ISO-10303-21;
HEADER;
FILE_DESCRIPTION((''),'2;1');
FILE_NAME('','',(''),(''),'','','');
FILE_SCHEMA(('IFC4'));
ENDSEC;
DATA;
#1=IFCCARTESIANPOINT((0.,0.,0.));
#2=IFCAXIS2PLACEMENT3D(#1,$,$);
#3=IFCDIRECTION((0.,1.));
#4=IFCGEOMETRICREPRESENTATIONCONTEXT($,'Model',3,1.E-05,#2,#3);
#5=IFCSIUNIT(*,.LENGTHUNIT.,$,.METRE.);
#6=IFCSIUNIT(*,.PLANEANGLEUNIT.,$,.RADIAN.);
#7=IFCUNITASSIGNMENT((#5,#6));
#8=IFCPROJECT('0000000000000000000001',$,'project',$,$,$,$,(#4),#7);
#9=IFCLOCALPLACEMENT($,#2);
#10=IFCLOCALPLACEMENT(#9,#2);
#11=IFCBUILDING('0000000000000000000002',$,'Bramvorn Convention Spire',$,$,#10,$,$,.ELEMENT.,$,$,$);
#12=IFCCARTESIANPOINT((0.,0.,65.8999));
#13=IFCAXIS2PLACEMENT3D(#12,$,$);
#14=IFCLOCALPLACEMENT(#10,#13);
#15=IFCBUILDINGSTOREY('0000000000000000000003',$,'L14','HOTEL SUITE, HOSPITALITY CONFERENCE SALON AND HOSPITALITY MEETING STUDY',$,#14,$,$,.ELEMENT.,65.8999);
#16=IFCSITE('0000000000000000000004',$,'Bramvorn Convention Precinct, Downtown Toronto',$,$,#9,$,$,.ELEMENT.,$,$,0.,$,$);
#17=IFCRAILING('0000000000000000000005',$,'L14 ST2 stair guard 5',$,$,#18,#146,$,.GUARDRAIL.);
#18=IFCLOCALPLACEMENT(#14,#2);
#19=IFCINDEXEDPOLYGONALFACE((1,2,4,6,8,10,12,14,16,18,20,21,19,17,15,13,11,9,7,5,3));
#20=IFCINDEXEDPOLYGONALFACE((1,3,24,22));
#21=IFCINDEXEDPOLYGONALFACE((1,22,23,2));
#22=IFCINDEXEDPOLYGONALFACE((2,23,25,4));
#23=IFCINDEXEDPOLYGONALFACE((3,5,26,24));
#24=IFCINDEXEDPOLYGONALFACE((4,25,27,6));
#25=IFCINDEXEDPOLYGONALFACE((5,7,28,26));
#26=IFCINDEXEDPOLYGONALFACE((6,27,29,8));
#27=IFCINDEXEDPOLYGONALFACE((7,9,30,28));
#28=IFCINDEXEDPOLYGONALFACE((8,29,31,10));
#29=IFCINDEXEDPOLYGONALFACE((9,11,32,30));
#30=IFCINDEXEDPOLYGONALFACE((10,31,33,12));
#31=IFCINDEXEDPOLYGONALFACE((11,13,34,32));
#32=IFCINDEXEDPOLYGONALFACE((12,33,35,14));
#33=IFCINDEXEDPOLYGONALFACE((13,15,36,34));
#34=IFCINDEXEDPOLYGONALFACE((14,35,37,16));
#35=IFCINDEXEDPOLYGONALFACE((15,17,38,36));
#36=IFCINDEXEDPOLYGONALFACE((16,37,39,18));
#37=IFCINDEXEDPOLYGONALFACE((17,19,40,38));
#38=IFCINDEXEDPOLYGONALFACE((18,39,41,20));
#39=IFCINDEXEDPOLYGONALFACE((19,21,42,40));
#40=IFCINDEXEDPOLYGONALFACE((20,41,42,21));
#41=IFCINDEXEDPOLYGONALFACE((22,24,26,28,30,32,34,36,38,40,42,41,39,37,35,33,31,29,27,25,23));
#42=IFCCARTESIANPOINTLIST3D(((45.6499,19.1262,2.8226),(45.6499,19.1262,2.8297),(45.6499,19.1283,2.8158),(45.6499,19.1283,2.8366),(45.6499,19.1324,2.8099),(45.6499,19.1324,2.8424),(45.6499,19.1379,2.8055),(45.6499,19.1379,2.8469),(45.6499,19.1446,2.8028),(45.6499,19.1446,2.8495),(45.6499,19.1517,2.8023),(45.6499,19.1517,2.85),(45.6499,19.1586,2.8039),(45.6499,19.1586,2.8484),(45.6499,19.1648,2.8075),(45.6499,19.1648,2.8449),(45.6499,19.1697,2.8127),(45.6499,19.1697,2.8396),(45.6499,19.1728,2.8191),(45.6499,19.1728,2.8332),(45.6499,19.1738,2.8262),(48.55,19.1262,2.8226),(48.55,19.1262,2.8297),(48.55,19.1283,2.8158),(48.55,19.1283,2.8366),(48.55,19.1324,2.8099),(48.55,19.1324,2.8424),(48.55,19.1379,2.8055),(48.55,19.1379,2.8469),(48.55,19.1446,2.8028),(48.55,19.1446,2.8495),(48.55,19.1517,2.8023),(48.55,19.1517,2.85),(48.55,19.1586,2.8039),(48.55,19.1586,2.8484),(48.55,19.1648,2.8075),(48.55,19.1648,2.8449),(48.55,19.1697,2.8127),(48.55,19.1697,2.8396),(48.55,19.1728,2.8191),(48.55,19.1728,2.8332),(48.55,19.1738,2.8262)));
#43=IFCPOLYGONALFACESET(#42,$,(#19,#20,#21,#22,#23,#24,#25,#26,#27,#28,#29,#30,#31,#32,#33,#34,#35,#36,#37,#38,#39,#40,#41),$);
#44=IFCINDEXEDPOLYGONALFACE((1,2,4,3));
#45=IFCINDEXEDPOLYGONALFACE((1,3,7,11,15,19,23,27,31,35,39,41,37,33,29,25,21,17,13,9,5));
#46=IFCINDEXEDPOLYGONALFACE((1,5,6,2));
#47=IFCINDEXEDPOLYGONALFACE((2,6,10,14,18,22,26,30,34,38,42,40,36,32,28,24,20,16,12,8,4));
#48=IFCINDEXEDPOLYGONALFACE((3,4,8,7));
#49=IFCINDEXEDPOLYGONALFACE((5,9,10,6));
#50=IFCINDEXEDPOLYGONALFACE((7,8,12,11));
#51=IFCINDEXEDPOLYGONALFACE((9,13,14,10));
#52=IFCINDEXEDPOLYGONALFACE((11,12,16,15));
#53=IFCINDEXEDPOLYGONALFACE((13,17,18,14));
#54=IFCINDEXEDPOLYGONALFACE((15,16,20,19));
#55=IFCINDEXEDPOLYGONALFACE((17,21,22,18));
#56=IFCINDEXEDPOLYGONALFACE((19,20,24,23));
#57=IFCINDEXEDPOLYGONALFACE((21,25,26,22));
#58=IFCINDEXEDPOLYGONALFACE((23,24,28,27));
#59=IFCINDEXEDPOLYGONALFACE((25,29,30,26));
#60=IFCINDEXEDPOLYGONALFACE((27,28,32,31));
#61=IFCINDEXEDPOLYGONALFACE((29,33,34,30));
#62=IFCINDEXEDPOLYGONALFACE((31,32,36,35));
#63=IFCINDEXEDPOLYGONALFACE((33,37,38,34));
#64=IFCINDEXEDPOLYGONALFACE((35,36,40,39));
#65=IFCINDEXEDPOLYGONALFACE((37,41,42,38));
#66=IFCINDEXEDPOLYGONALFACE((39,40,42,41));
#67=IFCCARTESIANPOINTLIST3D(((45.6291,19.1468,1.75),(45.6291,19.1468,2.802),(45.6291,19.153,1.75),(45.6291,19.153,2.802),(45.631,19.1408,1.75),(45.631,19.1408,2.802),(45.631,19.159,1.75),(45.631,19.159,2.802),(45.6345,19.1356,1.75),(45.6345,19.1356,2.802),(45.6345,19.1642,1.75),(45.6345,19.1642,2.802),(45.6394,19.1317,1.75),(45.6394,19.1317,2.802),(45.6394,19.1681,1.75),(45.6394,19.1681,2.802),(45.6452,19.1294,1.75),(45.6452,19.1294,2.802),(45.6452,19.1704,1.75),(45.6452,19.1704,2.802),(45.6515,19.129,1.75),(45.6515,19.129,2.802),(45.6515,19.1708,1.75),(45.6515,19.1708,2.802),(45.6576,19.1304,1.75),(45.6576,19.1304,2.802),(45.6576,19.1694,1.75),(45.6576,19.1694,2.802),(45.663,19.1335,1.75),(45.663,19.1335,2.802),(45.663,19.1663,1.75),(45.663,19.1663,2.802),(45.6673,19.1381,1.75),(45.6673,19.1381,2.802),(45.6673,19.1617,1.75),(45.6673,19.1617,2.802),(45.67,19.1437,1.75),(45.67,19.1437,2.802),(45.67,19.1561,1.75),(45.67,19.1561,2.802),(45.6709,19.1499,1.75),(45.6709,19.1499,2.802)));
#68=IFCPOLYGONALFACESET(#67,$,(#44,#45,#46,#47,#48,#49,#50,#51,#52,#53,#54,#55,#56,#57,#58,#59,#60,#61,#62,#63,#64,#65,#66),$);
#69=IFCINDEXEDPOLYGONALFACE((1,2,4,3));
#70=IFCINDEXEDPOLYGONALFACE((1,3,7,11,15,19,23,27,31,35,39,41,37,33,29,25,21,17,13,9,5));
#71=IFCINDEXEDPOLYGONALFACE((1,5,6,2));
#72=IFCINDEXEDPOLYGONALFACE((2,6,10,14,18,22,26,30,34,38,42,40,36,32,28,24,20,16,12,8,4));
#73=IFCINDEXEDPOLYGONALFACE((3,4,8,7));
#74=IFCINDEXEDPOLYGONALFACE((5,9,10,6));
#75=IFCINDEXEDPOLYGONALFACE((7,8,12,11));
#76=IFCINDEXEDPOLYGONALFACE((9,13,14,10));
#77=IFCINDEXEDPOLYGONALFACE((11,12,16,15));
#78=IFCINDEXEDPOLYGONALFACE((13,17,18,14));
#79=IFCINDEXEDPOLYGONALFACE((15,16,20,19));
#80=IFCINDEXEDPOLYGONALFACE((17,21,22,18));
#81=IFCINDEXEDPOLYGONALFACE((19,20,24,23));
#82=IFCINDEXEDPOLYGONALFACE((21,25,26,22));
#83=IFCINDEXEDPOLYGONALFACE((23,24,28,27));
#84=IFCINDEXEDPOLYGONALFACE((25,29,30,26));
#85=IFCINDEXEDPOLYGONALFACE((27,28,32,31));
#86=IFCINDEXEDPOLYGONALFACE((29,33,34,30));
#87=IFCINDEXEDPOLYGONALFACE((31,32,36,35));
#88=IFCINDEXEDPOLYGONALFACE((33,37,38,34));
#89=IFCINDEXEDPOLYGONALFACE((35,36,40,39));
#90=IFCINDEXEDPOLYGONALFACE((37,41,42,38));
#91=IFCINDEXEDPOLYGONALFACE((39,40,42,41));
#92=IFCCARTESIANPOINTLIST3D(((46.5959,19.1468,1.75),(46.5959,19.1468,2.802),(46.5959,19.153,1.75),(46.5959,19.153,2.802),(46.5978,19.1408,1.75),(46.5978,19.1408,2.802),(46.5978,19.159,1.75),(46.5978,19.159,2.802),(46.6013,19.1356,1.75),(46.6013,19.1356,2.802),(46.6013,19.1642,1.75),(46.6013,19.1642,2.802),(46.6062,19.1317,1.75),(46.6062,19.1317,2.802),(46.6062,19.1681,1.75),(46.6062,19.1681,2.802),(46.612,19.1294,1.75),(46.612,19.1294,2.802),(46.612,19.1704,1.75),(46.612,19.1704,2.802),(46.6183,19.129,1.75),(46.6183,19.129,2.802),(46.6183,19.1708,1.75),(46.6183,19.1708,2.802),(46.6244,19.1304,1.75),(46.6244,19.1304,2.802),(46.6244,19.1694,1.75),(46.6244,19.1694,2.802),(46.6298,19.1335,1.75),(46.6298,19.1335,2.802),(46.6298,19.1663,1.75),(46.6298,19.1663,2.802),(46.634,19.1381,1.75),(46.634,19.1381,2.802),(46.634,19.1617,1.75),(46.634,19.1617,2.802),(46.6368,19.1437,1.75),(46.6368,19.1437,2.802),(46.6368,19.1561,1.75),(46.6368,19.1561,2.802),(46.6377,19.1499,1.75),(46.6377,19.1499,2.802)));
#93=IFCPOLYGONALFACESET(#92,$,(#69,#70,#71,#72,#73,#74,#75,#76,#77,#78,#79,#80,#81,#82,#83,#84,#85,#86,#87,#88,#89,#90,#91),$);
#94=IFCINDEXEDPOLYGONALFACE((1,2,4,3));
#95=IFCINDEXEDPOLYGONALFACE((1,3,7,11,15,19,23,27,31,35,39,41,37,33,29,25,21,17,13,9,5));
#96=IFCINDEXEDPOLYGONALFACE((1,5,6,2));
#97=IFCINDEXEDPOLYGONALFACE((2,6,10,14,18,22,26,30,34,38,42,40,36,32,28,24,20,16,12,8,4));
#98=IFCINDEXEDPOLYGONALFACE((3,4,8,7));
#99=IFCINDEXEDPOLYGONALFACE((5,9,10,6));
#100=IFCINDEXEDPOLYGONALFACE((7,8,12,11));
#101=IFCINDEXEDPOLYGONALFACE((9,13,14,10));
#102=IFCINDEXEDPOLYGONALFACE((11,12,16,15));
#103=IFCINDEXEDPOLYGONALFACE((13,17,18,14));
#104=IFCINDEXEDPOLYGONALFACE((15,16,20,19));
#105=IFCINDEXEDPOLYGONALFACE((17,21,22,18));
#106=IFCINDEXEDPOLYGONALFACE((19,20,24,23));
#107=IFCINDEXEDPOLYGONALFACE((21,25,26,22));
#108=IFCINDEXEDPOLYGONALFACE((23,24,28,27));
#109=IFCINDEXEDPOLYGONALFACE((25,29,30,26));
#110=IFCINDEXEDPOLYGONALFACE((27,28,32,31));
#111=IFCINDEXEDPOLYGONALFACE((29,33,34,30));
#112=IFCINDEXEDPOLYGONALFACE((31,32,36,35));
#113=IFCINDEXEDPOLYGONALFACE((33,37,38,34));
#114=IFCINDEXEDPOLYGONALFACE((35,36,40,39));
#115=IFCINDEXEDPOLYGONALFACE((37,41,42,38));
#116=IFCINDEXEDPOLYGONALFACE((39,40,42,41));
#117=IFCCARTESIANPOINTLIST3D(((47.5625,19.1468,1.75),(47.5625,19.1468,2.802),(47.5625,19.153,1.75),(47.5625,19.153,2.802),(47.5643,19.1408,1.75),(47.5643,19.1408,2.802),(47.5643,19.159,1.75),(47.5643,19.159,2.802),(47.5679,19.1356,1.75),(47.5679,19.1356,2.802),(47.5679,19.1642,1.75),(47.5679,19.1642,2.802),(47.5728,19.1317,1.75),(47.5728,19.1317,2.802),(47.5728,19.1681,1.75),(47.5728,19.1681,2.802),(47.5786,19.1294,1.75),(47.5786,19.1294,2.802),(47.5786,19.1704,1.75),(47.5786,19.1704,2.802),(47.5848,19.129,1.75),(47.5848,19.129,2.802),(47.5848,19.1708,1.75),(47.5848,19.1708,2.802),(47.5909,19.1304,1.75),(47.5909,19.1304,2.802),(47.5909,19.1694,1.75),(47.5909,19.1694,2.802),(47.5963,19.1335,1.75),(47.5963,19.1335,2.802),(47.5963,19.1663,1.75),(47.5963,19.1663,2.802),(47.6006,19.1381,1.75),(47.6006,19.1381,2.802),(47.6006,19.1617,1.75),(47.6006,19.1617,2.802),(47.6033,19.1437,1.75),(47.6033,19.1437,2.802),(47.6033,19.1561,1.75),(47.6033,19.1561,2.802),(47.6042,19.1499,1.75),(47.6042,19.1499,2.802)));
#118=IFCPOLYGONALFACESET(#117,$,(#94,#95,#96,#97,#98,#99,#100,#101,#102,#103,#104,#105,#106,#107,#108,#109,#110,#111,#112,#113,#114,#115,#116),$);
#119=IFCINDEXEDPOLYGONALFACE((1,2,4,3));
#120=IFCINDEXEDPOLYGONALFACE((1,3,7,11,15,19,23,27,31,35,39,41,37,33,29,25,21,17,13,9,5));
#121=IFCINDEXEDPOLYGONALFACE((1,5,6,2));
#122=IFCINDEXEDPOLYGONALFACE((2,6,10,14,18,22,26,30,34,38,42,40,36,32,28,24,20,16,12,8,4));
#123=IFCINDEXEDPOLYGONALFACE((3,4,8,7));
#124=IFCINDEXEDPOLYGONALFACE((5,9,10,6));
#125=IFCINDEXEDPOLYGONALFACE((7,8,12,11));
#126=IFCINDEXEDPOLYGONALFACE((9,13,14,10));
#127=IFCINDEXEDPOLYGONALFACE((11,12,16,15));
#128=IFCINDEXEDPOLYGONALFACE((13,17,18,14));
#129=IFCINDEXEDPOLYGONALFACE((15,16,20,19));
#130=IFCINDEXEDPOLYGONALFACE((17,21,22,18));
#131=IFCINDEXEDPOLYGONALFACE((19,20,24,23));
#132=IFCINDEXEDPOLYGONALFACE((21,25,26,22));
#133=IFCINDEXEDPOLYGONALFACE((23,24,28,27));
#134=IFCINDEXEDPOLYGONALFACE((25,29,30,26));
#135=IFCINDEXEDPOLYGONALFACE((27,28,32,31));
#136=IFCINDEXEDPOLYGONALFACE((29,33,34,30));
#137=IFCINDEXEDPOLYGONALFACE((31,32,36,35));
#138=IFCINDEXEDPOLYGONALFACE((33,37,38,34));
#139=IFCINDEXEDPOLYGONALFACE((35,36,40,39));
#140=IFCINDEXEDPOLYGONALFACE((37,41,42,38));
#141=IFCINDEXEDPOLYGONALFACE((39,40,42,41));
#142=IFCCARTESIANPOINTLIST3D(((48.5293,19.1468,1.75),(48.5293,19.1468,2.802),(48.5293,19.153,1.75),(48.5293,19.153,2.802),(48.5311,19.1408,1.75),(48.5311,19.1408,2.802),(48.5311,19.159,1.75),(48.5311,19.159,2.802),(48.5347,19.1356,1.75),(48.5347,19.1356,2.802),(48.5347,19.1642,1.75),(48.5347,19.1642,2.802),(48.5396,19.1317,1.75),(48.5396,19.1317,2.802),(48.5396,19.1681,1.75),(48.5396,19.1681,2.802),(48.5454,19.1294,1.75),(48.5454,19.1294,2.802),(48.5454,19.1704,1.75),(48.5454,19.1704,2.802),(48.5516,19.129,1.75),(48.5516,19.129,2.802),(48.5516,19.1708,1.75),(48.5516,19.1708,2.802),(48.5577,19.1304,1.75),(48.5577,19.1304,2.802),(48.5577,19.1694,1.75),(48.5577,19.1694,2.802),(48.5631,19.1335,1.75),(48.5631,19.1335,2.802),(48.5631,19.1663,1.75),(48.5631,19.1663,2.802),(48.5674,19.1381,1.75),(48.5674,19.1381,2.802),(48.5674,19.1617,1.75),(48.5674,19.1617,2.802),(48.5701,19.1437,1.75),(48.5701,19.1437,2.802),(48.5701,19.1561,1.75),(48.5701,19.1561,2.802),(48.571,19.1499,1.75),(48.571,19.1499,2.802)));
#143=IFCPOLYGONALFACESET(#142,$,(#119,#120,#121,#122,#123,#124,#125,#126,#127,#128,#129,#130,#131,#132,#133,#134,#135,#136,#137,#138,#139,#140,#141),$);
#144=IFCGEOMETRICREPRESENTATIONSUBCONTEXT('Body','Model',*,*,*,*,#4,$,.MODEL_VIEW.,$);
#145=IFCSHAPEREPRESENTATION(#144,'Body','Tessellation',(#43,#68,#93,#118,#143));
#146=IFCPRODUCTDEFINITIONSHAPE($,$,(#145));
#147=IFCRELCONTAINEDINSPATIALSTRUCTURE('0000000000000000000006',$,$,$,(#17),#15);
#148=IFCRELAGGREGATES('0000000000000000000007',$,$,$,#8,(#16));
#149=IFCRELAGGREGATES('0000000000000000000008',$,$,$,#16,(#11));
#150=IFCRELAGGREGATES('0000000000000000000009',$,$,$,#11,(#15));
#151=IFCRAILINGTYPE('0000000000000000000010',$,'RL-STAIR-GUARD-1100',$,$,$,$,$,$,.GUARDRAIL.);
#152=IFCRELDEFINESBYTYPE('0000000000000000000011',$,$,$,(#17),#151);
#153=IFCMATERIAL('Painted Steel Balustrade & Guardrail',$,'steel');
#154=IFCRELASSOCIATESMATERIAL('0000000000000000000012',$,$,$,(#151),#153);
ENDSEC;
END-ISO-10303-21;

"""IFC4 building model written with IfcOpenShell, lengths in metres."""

from ifc_helpers import new_model, si_unit, direction, frame, origin, origin_2d, place, context, subcontext, project, spatial, circle, extrude, material, type_object, element, save


model = new_model("IFC4")

# Units and contexts
model_context = context("Model", 3, precision=1e-05, world=origin(), true_north=direction((0.0, 1.0)))
body_context = subcontext(model_context, "Body", "Model", "MODEL_VIEW")
ifc_project = project(units=[si_unit("LENGTHUNIT", "METRE"), si_unit("PLANEANGLEUNIT", "RADIAN")], contexts=[model_context])

# Site, building, storey
site_placement = place(None, origin())
site = spatial("IfcSite", under=ifc_project, at=site_placement, Name="Bramvorn Convention Precinct, Downtown Toronto", CompositionType="ELEMENT", RefElevation=0.0)
building_placement = place(site_placement, origin())
building = spatial("IfcBuilding", under=site, at=building_placement, Name="Bramvorn Convention Spire", CompositionType="ELEMENT")
storey_placement = place(building_placement, frame((0.0, 0.0, 65.8999)))
storey = spatial("IfcBuildingStorey", under=building, at=storey_placement, Name="L14", Description="HOTEL SUITE, HOSPITALITY CONFERENCE SALON AND HOSPITALITY MEETING STUDY", CompositionType="ELEMENT", Elevation=65.8999)

# Railing
ifc_material_1 = material(Name="Painted Steel Balustrade & Guardrail", Category="steel")
railing_type_1 = type_object("IfcRailingType", Name="RL-STAIR-GUARD-1100", PredefinedType="GUARDRAIL", material=ifc_material_1)
railing_1_placement = place(storey_placement, frame((45.6499, 19.1499, 1.75)))
element("IfcRailing", 1, at=railing_1_placement, inside=storey, type_object=railing_type_1, Name="L14 ST2 stair guard 5", PredefinedType="GUARDRAIL", context=body_context, shape_type="SweptSolid", body=[
    extrude(circle(Radius=0.0239, at=origin_2d()), frame((0.0, 0.0, 1.0762), z_axis=(1.0, 0.0, 0.0), x_axis=(0.0, 1.0, 0.0)), (0.0, 0.0, 1.0), 2.9001),
    extrude(circle(Radius=0.021, at=origin_2d()), origin(), (0.0, 0.0, 1.0), 1.052),
    extrude(circle(Radius=0.021, at=origin_2d()), frame((0.9668, 0.0, 0.0)), (0.0, 0.0, 1.0), 1.052),
    extrude(circle(Radius=0.021, at=origin_2d()), frame((1.9333, 0.0, 0.0)), (0.0, 0.0, 1.0), 1.052),
    extrude(circle(Radius=0.021, at=origin_2d()), frame((2.9001, 0.0, 0.0)), (0.0, 0.0, 1.0), 1.052),
])

save(model, "model.ifc")
